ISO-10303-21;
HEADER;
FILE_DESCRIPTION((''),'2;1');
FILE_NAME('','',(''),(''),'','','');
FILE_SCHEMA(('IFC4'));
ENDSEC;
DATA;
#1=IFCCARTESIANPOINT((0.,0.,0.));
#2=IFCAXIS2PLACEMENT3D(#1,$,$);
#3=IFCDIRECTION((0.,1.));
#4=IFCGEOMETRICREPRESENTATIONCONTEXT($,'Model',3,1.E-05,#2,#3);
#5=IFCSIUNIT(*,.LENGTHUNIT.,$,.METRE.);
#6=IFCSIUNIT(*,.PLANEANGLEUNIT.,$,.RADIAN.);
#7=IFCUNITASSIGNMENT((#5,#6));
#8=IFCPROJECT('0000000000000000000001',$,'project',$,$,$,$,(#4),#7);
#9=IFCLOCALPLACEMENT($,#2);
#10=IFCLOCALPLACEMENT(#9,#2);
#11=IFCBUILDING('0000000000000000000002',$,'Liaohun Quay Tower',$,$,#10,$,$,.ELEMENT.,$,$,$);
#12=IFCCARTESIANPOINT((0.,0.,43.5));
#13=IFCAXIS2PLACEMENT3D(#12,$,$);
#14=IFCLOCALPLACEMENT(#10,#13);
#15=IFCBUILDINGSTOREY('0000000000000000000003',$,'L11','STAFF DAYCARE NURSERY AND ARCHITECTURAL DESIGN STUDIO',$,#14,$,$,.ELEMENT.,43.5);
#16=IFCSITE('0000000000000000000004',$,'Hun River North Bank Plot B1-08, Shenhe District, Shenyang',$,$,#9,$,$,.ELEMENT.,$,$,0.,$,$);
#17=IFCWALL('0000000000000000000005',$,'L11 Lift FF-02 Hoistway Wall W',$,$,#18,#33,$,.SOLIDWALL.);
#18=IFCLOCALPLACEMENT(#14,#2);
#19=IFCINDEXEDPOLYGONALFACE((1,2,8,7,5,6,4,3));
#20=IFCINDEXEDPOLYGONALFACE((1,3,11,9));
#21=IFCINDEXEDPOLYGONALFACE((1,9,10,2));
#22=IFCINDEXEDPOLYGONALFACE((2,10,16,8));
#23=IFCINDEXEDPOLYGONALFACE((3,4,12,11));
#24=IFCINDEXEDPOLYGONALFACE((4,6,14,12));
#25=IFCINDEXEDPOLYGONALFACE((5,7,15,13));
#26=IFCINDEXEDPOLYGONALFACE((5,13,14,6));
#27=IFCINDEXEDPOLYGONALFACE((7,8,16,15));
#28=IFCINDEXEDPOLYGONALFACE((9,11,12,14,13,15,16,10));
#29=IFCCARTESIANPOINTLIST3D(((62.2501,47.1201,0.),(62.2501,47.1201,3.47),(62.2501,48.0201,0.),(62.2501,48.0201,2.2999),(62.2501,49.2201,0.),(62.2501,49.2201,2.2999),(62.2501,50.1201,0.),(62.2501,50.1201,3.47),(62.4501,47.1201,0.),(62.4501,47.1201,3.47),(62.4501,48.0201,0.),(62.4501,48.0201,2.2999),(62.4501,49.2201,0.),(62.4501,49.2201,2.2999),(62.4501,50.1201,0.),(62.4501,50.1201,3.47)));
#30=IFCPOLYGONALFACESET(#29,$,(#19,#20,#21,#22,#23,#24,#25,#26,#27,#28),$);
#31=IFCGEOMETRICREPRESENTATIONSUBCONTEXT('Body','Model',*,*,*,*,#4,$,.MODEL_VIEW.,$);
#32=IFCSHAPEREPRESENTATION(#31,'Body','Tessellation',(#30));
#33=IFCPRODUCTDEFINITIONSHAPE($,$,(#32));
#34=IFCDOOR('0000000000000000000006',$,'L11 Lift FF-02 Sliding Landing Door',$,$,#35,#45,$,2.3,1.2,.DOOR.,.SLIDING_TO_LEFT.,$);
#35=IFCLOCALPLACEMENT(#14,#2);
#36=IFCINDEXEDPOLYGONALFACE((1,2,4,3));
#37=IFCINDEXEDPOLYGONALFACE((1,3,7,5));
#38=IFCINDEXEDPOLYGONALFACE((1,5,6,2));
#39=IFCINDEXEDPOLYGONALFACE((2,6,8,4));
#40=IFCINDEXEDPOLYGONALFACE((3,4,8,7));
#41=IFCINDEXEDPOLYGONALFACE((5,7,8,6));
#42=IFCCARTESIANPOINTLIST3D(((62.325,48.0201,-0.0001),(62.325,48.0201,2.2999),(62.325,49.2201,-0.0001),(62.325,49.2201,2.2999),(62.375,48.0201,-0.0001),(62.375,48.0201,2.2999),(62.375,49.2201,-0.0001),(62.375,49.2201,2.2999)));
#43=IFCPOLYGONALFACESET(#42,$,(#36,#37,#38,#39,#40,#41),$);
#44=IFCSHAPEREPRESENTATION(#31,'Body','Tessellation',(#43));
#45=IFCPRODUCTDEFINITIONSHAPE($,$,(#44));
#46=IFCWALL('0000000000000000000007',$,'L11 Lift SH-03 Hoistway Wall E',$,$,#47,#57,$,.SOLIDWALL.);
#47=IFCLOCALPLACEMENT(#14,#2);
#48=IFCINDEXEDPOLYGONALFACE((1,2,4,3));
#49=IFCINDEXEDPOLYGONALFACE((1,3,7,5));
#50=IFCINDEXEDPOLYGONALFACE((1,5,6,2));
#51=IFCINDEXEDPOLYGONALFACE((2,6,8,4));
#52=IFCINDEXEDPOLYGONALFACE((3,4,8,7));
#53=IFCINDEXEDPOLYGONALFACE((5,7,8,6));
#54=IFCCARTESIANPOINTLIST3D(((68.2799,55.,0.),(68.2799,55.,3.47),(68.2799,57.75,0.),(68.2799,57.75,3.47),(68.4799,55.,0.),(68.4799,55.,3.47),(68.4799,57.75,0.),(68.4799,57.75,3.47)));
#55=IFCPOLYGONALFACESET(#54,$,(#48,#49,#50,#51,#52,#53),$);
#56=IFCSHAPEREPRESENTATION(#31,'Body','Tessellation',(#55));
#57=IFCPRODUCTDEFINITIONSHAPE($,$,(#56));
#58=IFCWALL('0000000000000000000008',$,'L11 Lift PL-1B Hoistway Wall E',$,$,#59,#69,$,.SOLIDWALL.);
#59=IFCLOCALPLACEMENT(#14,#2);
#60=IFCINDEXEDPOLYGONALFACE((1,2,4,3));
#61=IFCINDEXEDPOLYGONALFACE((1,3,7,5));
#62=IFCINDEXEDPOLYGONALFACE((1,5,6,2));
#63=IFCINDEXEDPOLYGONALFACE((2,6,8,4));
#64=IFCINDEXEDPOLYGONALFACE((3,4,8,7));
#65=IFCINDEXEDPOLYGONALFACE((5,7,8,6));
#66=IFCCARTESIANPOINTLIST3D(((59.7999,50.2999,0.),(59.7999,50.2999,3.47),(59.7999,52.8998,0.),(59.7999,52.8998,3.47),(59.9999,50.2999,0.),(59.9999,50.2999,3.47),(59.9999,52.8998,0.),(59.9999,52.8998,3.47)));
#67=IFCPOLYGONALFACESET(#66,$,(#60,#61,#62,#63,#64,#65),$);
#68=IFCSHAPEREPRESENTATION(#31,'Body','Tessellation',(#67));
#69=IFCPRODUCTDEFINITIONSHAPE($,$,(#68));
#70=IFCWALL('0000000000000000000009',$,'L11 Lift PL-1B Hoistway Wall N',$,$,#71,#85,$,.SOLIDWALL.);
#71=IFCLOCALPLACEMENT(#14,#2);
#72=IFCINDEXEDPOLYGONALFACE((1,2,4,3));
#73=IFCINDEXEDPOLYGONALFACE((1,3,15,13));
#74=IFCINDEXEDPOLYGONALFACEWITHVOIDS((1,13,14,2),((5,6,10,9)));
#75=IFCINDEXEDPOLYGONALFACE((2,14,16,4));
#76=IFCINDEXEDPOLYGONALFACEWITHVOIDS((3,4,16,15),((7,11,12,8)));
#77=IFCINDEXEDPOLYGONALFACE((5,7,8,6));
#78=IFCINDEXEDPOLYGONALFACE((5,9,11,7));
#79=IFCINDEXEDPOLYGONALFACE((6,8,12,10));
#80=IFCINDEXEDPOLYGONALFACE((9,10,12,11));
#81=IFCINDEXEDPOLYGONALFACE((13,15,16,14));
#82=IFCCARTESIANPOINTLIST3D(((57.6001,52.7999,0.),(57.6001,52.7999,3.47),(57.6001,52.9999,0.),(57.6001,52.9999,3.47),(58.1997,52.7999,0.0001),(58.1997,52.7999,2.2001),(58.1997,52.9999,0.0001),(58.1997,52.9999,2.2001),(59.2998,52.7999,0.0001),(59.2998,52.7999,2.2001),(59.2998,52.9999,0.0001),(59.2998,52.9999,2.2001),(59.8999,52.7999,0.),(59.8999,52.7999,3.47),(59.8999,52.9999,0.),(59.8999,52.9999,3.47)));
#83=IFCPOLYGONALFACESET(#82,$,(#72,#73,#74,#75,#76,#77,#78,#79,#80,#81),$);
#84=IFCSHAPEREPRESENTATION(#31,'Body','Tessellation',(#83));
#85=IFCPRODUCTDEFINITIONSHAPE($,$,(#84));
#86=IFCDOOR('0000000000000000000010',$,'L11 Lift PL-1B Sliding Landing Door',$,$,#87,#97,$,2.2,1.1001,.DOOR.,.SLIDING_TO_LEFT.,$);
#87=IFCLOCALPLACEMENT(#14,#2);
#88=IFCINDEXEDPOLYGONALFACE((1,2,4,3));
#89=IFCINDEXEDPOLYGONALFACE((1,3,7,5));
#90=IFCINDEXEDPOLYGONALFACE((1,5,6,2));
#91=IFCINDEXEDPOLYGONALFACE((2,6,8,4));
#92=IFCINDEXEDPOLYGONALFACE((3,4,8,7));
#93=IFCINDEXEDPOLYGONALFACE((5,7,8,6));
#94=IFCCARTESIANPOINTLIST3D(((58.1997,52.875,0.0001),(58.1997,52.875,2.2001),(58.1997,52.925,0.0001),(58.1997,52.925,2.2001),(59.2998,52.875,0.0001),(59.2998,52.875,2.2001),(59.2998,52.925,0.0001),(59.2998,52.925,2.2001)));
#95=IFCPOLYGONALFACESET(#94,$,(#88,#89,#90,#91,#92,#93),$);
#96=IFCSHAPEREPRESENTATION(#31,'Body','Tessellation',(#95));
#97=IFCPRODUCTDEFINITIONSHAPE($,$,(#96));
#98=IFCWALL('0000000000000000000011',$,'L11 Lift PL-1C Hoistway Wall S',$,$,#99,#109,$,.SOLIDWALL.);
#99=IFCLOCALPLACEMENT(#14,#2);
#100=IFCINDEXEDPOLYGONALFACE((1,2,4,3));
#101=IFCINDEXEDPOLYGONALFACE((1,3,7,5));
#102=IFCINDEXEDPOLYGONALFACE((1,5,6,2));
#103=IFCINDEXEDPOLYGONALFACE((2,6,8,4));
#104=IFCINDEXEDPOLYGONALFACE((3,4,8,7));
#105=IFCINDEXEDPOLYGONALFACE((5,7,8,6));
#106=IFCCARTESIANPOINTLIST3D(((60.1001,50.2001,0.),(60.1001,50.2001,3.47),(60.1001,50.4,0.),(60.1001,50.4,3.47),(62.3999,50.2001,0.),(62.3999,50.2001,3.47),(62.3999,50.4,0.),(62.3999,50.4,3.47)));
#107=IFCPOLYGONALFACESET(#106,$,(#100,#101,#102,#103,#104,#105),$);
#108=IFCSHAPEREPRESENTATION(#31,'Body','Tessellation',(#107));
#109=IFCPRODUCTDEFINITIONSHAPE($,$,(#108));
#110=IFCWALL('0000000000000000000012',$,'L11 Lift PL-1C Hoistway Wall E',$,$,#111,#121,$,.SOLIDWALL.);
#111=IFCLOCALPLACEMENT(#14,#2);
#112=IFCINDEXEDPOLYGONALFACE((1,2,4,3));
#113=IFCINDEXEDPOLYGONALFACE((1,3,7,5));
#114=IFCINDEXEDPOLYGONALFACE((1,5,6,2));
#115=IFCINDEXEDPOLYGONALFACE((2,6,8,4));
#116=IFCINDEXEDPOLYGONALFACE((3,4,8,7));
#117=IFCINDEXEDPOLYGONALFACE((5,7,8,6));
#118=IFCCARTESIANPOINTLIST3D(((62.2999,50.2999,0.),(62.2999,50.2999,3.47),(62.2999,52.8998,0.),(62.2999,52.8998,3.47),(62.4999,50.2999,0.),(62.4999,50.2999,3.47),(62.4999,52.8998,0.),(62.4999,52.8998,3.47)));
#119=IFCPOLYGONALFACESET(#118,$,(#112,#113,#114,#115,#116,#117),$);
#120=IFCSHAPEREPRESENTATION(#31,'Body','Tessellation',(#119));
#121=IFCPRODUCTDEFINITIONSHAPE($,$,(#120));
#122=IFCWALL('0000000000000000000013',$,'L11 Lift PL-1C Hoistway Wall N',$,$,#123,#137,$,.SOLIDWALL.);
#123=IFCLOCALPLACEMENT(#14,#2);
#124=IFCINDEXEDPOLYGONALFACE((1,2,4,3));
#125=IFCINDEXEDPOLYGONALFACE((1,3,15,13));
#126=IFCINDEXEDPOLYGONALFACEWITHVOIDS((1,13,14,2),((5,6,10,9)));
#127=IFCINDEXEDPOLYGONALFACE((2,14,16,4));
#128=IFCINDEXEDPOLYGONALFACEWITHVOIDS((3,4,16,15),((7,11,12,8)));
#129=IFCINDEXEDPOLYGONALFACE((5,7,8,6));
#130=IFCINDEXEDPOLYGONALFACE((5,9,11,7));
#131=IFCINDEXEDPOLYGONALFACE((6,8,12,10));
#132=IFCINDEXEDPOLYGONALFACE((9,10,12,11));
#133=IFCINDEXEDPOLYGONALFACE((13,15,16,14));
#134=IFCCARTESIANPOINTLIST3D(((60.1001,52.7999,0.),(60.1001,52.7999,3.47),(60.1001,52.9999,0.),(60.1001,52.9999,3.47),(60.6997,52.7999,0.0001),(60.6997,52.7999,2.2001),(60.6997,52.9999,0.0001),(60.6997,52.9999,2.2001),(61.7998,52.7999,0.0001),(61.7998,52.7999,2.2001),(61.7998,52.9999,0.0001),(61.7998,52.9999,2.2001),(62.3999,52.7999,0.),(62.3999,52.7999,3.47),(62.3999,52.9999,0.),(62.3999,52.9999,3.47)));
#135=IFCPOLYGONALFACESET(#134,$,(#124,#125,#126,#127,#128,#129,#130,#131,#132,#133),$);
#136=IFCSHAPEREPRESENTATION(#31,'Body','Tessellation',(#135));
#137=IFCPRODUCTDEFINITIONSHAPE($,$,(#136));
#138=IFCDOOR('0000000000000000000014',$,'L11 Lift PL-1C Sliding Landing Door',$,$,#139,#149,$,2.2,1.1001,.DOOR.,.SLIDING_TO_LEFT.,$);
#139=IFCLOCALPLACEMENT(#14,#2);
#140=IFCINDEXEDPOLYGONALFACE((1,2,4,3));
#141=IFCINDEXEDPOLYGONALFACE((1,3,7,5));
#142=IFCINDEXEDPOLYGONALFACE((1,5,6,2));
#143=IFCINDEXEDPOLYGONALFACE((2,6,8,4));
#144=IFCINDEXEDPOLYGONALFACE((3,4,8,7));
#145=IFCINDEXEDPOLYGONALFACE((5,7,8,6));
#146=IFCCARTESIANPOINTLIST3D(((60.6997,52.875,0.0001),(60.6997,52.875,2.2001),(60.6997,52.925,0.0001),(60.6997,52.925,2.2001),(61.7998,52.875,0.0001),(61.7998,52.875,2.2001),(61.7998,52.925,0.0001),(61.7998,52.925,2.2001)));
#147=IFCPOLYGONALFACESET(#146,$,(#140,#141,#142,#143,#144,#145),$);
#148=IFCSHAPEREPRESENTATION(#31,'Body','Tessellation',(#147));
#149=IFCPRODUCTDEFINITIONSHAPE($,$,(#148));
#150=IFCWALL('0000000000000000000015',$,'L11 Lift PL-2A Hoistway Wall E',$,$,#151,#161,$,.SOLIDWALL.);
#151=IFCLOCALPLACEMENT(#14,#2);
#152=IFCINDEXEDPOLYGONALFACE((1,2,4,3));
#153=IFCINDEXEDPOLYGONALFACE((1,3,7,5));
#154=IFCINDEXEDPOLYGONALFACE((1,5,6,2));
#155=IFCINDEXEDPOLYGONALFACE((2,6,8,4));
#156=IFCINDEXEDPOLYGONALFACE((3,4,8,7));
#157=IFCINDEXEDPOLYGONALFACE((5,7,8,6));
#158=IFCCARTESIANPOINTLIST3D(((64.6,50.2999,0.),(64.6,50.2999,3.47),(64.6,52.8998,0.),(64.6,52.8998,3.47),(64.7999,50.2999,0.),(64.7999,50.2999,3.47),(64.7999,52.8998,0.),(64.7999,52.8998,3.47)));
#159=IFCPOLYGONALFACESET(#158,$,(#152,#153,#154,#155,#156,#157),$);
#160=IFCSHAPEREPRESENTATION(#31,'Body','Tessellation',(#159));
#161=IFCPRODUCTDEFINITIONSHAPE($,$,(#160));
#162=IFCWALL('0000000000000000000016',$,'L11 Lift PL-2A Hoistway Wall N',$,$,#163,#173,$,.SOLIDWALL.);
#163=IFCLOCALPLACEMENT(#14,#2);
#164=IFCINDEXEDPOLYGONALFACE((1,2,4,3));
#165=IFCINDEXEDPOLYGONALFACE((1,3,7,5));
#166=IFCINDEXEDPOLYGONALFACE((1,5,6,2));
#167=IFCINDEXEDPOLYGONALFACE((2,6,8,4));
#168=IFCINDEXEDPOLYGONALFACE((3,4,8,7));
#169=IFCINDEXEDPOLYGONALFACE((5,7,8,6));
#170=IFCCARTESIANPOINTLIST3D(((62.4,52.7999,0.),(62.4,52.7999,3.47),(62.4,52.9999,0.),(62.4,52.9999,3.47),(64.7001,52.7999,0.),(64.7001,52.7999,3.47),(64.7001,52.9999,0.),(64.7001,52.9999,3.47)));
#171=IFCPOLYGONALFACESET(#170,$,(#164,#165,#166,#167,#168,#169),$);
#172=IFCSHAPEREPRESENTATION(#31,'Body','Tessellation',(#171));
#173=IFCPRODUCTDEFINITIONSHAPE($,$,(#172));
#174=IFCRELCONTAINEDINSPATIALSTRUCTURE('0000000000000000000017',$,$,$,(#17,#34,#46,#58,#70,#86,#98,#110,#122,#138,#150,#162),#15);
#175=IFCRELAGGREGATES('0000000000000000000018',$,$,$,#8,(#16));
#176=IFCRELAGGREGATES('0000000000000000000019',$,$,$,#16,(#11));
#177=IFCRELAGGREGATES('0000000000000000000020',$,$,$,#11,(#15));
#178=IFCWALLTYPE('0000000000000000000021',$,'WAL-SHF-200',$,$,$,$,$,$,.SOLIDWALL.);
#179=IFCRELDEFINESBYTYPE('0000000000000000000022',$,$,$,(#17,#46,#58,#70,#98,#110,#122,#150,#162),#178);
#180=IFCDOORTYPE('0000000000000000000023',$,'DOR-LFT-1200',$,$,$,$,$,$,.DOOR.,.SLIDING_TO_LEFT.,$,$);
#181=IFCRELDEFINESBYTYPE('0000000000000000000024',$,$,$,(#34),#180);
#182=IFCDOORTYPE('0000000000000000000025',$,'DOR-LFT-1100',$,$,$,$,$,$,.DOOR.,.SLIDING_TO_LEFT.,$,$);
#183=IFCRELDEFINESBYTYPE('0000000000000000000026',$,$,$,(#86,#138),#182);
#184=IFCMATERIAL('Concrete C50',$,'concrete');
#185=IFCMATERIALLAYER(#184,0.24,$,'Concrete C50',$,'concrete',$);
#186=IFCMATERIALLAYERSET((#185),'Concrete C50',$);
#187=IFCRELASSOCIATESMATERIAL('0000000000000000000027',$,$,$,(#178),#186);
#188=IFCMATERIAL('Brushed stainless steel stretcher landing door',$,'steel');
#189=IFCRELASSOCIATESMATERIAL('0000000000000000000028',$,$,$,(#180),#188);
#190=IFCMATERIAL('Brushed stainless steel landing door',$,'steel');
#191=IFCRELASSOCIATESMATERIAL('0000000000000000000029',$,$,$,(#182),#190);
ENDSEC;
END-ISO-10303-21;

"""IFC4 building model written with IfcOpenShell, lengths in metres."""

from ifc_helpers import new_model, si_unit, direction, frame, frame_2d, origin, place, context, subcontext, project, spatial, rectangle, extrude, source, transform, mapped, material, layer, layer_set, type_object, element, fill, save


model = new_model("IFC4")

# Units and contexts
model_context = context("Model", 3, precision=1e-05, world=origin(), true_north=direction((0.0, 1.0)))
body_context = subcontext(model_context, "Body", "Model", "MODEL_VIEW")
ifc_project = project(units=[si_unit("LENGTHUNIT", "METRE"), si_unit("PLANEANGLEUNIT", "RADIAN")], contexts=[model_context])

# Site, building, storey
site_placement = place(None, origin())
site = spatial("IfcSite", under=ifc_project, at=site_placement, Name="Hun River North Bank Plot B1-08, Shenhe District, Shenyang", CompositionType="ELEMENT", RefElevation=0.0)
building_placement = place(site_placement, origin())
building = spatial("IfcBuilding", under=site, at=building_placement, Name="Liaohun Quay Tower", CompositionType="ELEMENT")
storey_placement = place(building_placement, frame((0.0, 0.0, 43.5)))
storey = spatial("IfcBuildingStorey", under=building, at=storey_placement, Name="L11", Description="STAFF DAYCARE NURSERY AND ARCHITECTURAL DESIGN STUDIO", CompositionType="ELEMENT", Elevation=43.5)

# Shared definitions
ifc_material_1 = material(Name="Concrete C50", Category="concrete")
ifc_layer_1 = layer(ifc_material_1, 0.24, Name="Concrete C50", Category="concrete")
ifc_layer_set_1 = layer_set([ifc_layer_1], Name="Concrete C50")
wall_type_1 = type_object("IfcWallType", Name="WAL-SHF-200", PredefinedType="SOLIDWALL", material=ifc_layer_set_1)

# Wall, opening, door
wall_1_placement = place(storey_placement, frame((62.3501, 50.1201, 0.0), z_axis=(0.0, 0.0, 1.0), x_axis=(0.0, -1.0, 0.0)))
wall_1 = element("IfcWall", 1, at=wall_1_placement, inside=storey, type_object=wall_type_1, Name="L11 Lift FF-02 Hoistway Wall W", PredefinedType="SOLIDWALL", context=body_context, shape_type="SweptSolid", body=[
    extrude(rectangle(XDim=3.0, YDim=0.2, at=frame_2d((1.5, 0.0))), origin(), (0.0, 0.0, 1.0), 3.47),
])
shared_shape_1 = source(origin(), body_context, "Body", "SweptSolid", [
    extrude(rectangle(XDim=1.2, YDim=2.3, at=frame_2d((0.6001, 1.1499))), frame((0.0, 0.1099, 0.0), z_axis=(0.0, -1.0, 0.0), x_axis=(1.0, 0.0, 0.0)), (0.0, 0.0, 1.0), 0.22),
])
opening_1_placement = place(wall_1_placement, frame((0.8999, 0.0, 0.0)))
opening_1 = element("IfcOpeningElement", 2, at=opening_1_placement, cuts=wall_1, PredefinedType="OPENING", context=body_context, shape_type="MappedRepresentation", body=[
    mapped(shared_shape_1, transform((0.0, 0.0, 0.0), x_axis=(1.0, 0.0, 0.0), y_axis=(0.0, 1.0, 0.0), z_axis=(0.0, 0.0, 1.0), scale=1.0)),
])
ifc_material_2 = material(Name="Brushed stainless steel stretcher landing door", Category="steel")
door_type_1 = type_object("IfcDoorType", Name="DOR-LFT-1200", OperationType="SLIDING_TO_LEFT", PredefinedType="DOOR", material=ifc_material_2)
shared_shape_2 = source(origin(), body_context, "Body", "SweptSolid", [
    extrude(rectangle(XDim=1.2, YDim=2.3, at=frame_2d((0.6001, 1.1499))), frame((0.0, 0.0249, 0.0), z_axis=(0.0, -1.0, 0.0), x_axis=(1.0, 0.0, 0.0)), (0.0, 0.0, 1.0), 0.05),
])
door_1_placement = place(opening_1_placement, origin())
door_1 = element("IfcDoor", 3, at=door_1_placement, inside=storey, type_object=door_type_1, Name="L11 Lift FF-02 Sliding Landing Door", OperationType="SLIDING_TO_LEFT", OverallHeight=2.3, OverallWidth=1.2, PredefinedType="DOOR", context=body_context, shape_type="MappedRepresentation", body=[
    mapped(shared_shape_2, transform((0.0, 0.0, 0.0), x_axis=(1.0, 0.0, 0.0), y_axis=(0.0, 1.0, 0.0), z_axis=(0.0, 0.0, 1.0), scale=1.0)),
])
fill(opening_1, door_1)

# Walls
wall_2_placement = place(storey_placement, frame((68.3799, 55.0, 0.0), z_axis=(0.0, 0.0, 1.0), x_axis=(0.0, 1.0, 0.0)))
element("IfcWall", 4, at=wall_2_placement, inside=storey, type_object=wall_type_1, Name="L11 Lift SH-03 Hoistway Wall E", PredefinedType="SOLIDWALL", context=body_context, shape_type="SweptSolid", body=[
    extrude(rectangle(XDim=2.75, YDim=0.2, at=frame_2d((1.375, 0.0))), origin(), (0.0, 0.0, 1.0), 3.47),
])
wall_3_placement = place(storey_placement, frame((59.8999, 50.3, 0.0), z_axis=(0.0, 0.0, 1.0), x_axis=(0.0, 1.0, 0.0)))
element("IfcWall", 5, at=wall_3_placement, inside=storey, type_object=wall_type_1, Name="L11 Lift PL-1B Hoistway Wall E", PredefinedType="SOLIDWALL", context=body_context, shape_type="SweptSolid", body=[
    extrude(rectangle(XDim=2.5999, YDim=0.2, at=frame_2d((1.2998, 0.0))), origin(), (0.0, 0.0, 1.0), 3.47),
])

# Wall, opening, door
wall_4_placement = place(storey_placement, frame((59.8999, 52.8999, 0.0), z_axis=(0.0, 0.0, 1.0), x_axis=(-1.0, 0.0, 0.0)))
wall_4 = element("IfcWall", 6, at=wall_4_placement, inside=storey, type_object=wall_type_1, Name="L11 Lift PL-1B Hoistway Wall N", PredefinedType="SOLIDWALL", context=body_context, shape_type="SweptSolid", body=[
    extrude(rectangle(XDim=2.2998, YDim=0.2, at=frame_2d((1.1499, 0.0))), origin(), (0.0, 0.0, 1.0), 3.47),
])
shared_shape_3 = source(origin(), body_context, "Body", "SweptSolid", [
    extrude(rectangle(XDim=1.1001, YDim=2.2, at=frame_2d((0.55, 1.1001))), frame((0.0, 0.1099, 0.0), z_axis=(0.0, -1.0, 0.0), x_axis=(1.0, 0.0, 0.0)), (0.0, 0.0, 1.0), 0.22),
])
opening_2_placement = place(wall_4_placement, frame((0.6001, 0.0, 0.0)))
opening_2 = element("IfcOpeningElement", 7, at=opening_2_placement, cuts=wall_4, PredefinedType="OPENING", context=body_context, shape_type="MappedRepresentation", body=[
    mapped(shared_shape_3, transform((0.0, 0.0, 0.0), x_axis=(1.0, 0.0, 0.0), y_axis=(0.0, 1.0, 0.0), z_axis=(0.0, 0.0, 1.0), scale=1.0)),
])
ifc_material_3 = material(Name="Brushed stainless steel landing door", Category="steel")
door_type_2 = type_object("IfcDoorType", Name="DOR-LFT-1100", OperationType="SLIDING_TO_LEFT", PredefinedType="DOOR", material=ifc_material_3)
shared_shape_4 = source(origin(), body_context, "Body", "SweptSolid", [
    extrude(rectangle(XDim=1.1001, YDim=2.2, at=frame_2d((0.55, 1.1001))), frame((0.0, 0.0249, 0.0), z_axis=(0.0, -1.0, 0.0), x_axis=(1.0, 0.0, 0.0)), (0.0, 0.0, 1.0), 0.05),
])
door_2_placement = place(opening_2_placement, origin())
door_2 = element("IfcDoor", 8, at=door_2_placement, inside=storey, type_object=door_type_2, Name="L11 Lift PL-1B Sliding Landing Door", OperationType="SLIDING_TO_LEFT", OverallHeight=2.2, OverallWidth=1.1001, PredefinedType="DOOR", context=body_context, shape_type="MappedRepresentation", body=[
    mapped(shared_shape_4, transform((0.0, 0.0, 0.0), x_axis=(1.0, 0.0, 0.0), y_axis=(0.0, 1.0, 0.0), z_axis=(0.0, 0.0, 1.0), scale=1.0)),
])
fill(opening_2, door_2)

# Walls
wall_5_placement = place(storey_placement, frame((60.1001, 50.3, 0.0), z_axis=(0.0, 0.0, 1.0), x_axis=(1.0, 0.0, 0.0)))
element("IfcWall", 9, at=wall_5_placement, inside=storey, type_object=wall_type_1, Name="L11 Lift PL-1C Hoistway Wall S", PredefinedType="SOLIDWALL", context=body_context, shape_type="SweptSolid", body=[
    extrude(rectangle(XDim=2.2998, YDim=0.2, at=frame_2d((1.1499, 0.0))), origin(), (0.0, 0.0, 1.0), 3.47),
])
wall_6_placement = place(storey_placement, frame((62.3999, 50.3, 0.0), z_axis=(0.0, 0.0, 1.0), x_axis=(0.0, 1.0, 0.0)))
element("IfcWall", 10, at=wall_6_placement, inside=storey, type_object=wall_type_1, Name="L11 Lift PL-1C Hoistway Wall E", PredefinedType="SOLIDWALL", context=body_context, shape_type="SweptSolid", body=[
    extrude(rectangle(XDim=2.5999, YDim=0.2, at=frame_2d((1.2998, 0.0))), origin(), (0.0, 0.0, 1.0), 3.47),
])

# Wall, opening, door
wall_7_placement = place(storey_placement, frame((62.3999, 52.8999, 0.0), z_axis=(0.0, 0.0, 1.0), x_axis=(-1.0, 0.0, 0.0)))
wall_7 = element("IfcWall", 11, at=wall_7_placement, inside=storey, type_object=wall_type_1, Name="L11 Lift PL-1C Hoistway Wall N", PredefinedType="SOLIDWALL", context=body_context, shape_type="SweptSolid", body=[
    extrude(rectangle(XDim=2.2998, YDim=0.2, at=frame_2d((1.1499, 0.0))), origin(), (0.0, 0.0, 1.0), 3.47),
])
opening_3_placement = place(wall_7_placement, frame((0.6001, 0.0, 0.0)))
opening_3 = element("IfcOpeningElement", 12, at=opening_3_placement, cuts=wall_7, PredefinedType="OPENING", context=body_context, shape_type="MappedRepresentation", body=[
    mapped(shared_shape_3, transform((0.0, 0.0, 0.0), x_axis=(1.0, 0.0, 0.0), y_axis=(0.0, 1.0, 0.0), z_axis=(0.0, 0.0, 1.0), scale=1.0)),
])
door_3_placement = place(opening_3_placement, origin())
door_3 = element("IfcDoor", 13, at=door_3_placement, inside=storey, type_object=door_type_2, Name="L11 Lift PL-1C Sliding Landing Door", OperationType="SLIDING_TO_LEFT", OverallHeight=2.2, OverallWidth=1.1001, PredefinedType="DOOR", context=body_context, shape_type="MappedRepresentation", body=[
    mapped(shared_shape_4, transform((0.0, 0.0, 0.0), x_axis=(1.0, 0.0, 0.0), y_axis=(0.0, 1.0, 0.0), z_axis=(0.0, 0.0, 1.0), scale=1.0)),
])
fill(opening_3, door_3)

# Walls
wall_8_placement = place(storey_placement, frame((64.7, 50.3, 0.0), z_axis=(0.0, 0.0, 1.0), x_axis=(0.0, 1.0, 0.0)))
element("IfcWall", 14, at=wall_8_placement, inside=storey, type_object=wall_type_1, Name="L11 Lift PL-2A Hoistway Wall E", PredefinedType="SOLIDWALL", context=body_context, shape_type="SweptSolid", body=[
    extrude(rectangle(XDim=2.5999, YDim=0.2, at=frame_2d((1.2998, 0.0))), origin(), (0.0, 0.0, 1.0), 3.47),
])
wall_9_placement = place(storey_placement, frame((64.7, 52.8999, 0.0), z_axis=(0.0, 0.0, 1.0), x_axis=(-1.0, 0.0, 0.0)))
element("IfcWall", 15, at=wall_9_placement, inside=storey, type_object=wall_type_1, Name="L11 Lift PL-2A Hoistway Wall N", PredefinedType="SOLIDWALL", context=body_context, shape_type="SweptSolid", body=[
    extrude(rectangle(XDim=2.3, YDim=0.2, at=frame_2d((1.1499, 0.0))), origin(), (0.0, 0.0, 1.0), 3.47),
])

save(model, "model.ifc")
